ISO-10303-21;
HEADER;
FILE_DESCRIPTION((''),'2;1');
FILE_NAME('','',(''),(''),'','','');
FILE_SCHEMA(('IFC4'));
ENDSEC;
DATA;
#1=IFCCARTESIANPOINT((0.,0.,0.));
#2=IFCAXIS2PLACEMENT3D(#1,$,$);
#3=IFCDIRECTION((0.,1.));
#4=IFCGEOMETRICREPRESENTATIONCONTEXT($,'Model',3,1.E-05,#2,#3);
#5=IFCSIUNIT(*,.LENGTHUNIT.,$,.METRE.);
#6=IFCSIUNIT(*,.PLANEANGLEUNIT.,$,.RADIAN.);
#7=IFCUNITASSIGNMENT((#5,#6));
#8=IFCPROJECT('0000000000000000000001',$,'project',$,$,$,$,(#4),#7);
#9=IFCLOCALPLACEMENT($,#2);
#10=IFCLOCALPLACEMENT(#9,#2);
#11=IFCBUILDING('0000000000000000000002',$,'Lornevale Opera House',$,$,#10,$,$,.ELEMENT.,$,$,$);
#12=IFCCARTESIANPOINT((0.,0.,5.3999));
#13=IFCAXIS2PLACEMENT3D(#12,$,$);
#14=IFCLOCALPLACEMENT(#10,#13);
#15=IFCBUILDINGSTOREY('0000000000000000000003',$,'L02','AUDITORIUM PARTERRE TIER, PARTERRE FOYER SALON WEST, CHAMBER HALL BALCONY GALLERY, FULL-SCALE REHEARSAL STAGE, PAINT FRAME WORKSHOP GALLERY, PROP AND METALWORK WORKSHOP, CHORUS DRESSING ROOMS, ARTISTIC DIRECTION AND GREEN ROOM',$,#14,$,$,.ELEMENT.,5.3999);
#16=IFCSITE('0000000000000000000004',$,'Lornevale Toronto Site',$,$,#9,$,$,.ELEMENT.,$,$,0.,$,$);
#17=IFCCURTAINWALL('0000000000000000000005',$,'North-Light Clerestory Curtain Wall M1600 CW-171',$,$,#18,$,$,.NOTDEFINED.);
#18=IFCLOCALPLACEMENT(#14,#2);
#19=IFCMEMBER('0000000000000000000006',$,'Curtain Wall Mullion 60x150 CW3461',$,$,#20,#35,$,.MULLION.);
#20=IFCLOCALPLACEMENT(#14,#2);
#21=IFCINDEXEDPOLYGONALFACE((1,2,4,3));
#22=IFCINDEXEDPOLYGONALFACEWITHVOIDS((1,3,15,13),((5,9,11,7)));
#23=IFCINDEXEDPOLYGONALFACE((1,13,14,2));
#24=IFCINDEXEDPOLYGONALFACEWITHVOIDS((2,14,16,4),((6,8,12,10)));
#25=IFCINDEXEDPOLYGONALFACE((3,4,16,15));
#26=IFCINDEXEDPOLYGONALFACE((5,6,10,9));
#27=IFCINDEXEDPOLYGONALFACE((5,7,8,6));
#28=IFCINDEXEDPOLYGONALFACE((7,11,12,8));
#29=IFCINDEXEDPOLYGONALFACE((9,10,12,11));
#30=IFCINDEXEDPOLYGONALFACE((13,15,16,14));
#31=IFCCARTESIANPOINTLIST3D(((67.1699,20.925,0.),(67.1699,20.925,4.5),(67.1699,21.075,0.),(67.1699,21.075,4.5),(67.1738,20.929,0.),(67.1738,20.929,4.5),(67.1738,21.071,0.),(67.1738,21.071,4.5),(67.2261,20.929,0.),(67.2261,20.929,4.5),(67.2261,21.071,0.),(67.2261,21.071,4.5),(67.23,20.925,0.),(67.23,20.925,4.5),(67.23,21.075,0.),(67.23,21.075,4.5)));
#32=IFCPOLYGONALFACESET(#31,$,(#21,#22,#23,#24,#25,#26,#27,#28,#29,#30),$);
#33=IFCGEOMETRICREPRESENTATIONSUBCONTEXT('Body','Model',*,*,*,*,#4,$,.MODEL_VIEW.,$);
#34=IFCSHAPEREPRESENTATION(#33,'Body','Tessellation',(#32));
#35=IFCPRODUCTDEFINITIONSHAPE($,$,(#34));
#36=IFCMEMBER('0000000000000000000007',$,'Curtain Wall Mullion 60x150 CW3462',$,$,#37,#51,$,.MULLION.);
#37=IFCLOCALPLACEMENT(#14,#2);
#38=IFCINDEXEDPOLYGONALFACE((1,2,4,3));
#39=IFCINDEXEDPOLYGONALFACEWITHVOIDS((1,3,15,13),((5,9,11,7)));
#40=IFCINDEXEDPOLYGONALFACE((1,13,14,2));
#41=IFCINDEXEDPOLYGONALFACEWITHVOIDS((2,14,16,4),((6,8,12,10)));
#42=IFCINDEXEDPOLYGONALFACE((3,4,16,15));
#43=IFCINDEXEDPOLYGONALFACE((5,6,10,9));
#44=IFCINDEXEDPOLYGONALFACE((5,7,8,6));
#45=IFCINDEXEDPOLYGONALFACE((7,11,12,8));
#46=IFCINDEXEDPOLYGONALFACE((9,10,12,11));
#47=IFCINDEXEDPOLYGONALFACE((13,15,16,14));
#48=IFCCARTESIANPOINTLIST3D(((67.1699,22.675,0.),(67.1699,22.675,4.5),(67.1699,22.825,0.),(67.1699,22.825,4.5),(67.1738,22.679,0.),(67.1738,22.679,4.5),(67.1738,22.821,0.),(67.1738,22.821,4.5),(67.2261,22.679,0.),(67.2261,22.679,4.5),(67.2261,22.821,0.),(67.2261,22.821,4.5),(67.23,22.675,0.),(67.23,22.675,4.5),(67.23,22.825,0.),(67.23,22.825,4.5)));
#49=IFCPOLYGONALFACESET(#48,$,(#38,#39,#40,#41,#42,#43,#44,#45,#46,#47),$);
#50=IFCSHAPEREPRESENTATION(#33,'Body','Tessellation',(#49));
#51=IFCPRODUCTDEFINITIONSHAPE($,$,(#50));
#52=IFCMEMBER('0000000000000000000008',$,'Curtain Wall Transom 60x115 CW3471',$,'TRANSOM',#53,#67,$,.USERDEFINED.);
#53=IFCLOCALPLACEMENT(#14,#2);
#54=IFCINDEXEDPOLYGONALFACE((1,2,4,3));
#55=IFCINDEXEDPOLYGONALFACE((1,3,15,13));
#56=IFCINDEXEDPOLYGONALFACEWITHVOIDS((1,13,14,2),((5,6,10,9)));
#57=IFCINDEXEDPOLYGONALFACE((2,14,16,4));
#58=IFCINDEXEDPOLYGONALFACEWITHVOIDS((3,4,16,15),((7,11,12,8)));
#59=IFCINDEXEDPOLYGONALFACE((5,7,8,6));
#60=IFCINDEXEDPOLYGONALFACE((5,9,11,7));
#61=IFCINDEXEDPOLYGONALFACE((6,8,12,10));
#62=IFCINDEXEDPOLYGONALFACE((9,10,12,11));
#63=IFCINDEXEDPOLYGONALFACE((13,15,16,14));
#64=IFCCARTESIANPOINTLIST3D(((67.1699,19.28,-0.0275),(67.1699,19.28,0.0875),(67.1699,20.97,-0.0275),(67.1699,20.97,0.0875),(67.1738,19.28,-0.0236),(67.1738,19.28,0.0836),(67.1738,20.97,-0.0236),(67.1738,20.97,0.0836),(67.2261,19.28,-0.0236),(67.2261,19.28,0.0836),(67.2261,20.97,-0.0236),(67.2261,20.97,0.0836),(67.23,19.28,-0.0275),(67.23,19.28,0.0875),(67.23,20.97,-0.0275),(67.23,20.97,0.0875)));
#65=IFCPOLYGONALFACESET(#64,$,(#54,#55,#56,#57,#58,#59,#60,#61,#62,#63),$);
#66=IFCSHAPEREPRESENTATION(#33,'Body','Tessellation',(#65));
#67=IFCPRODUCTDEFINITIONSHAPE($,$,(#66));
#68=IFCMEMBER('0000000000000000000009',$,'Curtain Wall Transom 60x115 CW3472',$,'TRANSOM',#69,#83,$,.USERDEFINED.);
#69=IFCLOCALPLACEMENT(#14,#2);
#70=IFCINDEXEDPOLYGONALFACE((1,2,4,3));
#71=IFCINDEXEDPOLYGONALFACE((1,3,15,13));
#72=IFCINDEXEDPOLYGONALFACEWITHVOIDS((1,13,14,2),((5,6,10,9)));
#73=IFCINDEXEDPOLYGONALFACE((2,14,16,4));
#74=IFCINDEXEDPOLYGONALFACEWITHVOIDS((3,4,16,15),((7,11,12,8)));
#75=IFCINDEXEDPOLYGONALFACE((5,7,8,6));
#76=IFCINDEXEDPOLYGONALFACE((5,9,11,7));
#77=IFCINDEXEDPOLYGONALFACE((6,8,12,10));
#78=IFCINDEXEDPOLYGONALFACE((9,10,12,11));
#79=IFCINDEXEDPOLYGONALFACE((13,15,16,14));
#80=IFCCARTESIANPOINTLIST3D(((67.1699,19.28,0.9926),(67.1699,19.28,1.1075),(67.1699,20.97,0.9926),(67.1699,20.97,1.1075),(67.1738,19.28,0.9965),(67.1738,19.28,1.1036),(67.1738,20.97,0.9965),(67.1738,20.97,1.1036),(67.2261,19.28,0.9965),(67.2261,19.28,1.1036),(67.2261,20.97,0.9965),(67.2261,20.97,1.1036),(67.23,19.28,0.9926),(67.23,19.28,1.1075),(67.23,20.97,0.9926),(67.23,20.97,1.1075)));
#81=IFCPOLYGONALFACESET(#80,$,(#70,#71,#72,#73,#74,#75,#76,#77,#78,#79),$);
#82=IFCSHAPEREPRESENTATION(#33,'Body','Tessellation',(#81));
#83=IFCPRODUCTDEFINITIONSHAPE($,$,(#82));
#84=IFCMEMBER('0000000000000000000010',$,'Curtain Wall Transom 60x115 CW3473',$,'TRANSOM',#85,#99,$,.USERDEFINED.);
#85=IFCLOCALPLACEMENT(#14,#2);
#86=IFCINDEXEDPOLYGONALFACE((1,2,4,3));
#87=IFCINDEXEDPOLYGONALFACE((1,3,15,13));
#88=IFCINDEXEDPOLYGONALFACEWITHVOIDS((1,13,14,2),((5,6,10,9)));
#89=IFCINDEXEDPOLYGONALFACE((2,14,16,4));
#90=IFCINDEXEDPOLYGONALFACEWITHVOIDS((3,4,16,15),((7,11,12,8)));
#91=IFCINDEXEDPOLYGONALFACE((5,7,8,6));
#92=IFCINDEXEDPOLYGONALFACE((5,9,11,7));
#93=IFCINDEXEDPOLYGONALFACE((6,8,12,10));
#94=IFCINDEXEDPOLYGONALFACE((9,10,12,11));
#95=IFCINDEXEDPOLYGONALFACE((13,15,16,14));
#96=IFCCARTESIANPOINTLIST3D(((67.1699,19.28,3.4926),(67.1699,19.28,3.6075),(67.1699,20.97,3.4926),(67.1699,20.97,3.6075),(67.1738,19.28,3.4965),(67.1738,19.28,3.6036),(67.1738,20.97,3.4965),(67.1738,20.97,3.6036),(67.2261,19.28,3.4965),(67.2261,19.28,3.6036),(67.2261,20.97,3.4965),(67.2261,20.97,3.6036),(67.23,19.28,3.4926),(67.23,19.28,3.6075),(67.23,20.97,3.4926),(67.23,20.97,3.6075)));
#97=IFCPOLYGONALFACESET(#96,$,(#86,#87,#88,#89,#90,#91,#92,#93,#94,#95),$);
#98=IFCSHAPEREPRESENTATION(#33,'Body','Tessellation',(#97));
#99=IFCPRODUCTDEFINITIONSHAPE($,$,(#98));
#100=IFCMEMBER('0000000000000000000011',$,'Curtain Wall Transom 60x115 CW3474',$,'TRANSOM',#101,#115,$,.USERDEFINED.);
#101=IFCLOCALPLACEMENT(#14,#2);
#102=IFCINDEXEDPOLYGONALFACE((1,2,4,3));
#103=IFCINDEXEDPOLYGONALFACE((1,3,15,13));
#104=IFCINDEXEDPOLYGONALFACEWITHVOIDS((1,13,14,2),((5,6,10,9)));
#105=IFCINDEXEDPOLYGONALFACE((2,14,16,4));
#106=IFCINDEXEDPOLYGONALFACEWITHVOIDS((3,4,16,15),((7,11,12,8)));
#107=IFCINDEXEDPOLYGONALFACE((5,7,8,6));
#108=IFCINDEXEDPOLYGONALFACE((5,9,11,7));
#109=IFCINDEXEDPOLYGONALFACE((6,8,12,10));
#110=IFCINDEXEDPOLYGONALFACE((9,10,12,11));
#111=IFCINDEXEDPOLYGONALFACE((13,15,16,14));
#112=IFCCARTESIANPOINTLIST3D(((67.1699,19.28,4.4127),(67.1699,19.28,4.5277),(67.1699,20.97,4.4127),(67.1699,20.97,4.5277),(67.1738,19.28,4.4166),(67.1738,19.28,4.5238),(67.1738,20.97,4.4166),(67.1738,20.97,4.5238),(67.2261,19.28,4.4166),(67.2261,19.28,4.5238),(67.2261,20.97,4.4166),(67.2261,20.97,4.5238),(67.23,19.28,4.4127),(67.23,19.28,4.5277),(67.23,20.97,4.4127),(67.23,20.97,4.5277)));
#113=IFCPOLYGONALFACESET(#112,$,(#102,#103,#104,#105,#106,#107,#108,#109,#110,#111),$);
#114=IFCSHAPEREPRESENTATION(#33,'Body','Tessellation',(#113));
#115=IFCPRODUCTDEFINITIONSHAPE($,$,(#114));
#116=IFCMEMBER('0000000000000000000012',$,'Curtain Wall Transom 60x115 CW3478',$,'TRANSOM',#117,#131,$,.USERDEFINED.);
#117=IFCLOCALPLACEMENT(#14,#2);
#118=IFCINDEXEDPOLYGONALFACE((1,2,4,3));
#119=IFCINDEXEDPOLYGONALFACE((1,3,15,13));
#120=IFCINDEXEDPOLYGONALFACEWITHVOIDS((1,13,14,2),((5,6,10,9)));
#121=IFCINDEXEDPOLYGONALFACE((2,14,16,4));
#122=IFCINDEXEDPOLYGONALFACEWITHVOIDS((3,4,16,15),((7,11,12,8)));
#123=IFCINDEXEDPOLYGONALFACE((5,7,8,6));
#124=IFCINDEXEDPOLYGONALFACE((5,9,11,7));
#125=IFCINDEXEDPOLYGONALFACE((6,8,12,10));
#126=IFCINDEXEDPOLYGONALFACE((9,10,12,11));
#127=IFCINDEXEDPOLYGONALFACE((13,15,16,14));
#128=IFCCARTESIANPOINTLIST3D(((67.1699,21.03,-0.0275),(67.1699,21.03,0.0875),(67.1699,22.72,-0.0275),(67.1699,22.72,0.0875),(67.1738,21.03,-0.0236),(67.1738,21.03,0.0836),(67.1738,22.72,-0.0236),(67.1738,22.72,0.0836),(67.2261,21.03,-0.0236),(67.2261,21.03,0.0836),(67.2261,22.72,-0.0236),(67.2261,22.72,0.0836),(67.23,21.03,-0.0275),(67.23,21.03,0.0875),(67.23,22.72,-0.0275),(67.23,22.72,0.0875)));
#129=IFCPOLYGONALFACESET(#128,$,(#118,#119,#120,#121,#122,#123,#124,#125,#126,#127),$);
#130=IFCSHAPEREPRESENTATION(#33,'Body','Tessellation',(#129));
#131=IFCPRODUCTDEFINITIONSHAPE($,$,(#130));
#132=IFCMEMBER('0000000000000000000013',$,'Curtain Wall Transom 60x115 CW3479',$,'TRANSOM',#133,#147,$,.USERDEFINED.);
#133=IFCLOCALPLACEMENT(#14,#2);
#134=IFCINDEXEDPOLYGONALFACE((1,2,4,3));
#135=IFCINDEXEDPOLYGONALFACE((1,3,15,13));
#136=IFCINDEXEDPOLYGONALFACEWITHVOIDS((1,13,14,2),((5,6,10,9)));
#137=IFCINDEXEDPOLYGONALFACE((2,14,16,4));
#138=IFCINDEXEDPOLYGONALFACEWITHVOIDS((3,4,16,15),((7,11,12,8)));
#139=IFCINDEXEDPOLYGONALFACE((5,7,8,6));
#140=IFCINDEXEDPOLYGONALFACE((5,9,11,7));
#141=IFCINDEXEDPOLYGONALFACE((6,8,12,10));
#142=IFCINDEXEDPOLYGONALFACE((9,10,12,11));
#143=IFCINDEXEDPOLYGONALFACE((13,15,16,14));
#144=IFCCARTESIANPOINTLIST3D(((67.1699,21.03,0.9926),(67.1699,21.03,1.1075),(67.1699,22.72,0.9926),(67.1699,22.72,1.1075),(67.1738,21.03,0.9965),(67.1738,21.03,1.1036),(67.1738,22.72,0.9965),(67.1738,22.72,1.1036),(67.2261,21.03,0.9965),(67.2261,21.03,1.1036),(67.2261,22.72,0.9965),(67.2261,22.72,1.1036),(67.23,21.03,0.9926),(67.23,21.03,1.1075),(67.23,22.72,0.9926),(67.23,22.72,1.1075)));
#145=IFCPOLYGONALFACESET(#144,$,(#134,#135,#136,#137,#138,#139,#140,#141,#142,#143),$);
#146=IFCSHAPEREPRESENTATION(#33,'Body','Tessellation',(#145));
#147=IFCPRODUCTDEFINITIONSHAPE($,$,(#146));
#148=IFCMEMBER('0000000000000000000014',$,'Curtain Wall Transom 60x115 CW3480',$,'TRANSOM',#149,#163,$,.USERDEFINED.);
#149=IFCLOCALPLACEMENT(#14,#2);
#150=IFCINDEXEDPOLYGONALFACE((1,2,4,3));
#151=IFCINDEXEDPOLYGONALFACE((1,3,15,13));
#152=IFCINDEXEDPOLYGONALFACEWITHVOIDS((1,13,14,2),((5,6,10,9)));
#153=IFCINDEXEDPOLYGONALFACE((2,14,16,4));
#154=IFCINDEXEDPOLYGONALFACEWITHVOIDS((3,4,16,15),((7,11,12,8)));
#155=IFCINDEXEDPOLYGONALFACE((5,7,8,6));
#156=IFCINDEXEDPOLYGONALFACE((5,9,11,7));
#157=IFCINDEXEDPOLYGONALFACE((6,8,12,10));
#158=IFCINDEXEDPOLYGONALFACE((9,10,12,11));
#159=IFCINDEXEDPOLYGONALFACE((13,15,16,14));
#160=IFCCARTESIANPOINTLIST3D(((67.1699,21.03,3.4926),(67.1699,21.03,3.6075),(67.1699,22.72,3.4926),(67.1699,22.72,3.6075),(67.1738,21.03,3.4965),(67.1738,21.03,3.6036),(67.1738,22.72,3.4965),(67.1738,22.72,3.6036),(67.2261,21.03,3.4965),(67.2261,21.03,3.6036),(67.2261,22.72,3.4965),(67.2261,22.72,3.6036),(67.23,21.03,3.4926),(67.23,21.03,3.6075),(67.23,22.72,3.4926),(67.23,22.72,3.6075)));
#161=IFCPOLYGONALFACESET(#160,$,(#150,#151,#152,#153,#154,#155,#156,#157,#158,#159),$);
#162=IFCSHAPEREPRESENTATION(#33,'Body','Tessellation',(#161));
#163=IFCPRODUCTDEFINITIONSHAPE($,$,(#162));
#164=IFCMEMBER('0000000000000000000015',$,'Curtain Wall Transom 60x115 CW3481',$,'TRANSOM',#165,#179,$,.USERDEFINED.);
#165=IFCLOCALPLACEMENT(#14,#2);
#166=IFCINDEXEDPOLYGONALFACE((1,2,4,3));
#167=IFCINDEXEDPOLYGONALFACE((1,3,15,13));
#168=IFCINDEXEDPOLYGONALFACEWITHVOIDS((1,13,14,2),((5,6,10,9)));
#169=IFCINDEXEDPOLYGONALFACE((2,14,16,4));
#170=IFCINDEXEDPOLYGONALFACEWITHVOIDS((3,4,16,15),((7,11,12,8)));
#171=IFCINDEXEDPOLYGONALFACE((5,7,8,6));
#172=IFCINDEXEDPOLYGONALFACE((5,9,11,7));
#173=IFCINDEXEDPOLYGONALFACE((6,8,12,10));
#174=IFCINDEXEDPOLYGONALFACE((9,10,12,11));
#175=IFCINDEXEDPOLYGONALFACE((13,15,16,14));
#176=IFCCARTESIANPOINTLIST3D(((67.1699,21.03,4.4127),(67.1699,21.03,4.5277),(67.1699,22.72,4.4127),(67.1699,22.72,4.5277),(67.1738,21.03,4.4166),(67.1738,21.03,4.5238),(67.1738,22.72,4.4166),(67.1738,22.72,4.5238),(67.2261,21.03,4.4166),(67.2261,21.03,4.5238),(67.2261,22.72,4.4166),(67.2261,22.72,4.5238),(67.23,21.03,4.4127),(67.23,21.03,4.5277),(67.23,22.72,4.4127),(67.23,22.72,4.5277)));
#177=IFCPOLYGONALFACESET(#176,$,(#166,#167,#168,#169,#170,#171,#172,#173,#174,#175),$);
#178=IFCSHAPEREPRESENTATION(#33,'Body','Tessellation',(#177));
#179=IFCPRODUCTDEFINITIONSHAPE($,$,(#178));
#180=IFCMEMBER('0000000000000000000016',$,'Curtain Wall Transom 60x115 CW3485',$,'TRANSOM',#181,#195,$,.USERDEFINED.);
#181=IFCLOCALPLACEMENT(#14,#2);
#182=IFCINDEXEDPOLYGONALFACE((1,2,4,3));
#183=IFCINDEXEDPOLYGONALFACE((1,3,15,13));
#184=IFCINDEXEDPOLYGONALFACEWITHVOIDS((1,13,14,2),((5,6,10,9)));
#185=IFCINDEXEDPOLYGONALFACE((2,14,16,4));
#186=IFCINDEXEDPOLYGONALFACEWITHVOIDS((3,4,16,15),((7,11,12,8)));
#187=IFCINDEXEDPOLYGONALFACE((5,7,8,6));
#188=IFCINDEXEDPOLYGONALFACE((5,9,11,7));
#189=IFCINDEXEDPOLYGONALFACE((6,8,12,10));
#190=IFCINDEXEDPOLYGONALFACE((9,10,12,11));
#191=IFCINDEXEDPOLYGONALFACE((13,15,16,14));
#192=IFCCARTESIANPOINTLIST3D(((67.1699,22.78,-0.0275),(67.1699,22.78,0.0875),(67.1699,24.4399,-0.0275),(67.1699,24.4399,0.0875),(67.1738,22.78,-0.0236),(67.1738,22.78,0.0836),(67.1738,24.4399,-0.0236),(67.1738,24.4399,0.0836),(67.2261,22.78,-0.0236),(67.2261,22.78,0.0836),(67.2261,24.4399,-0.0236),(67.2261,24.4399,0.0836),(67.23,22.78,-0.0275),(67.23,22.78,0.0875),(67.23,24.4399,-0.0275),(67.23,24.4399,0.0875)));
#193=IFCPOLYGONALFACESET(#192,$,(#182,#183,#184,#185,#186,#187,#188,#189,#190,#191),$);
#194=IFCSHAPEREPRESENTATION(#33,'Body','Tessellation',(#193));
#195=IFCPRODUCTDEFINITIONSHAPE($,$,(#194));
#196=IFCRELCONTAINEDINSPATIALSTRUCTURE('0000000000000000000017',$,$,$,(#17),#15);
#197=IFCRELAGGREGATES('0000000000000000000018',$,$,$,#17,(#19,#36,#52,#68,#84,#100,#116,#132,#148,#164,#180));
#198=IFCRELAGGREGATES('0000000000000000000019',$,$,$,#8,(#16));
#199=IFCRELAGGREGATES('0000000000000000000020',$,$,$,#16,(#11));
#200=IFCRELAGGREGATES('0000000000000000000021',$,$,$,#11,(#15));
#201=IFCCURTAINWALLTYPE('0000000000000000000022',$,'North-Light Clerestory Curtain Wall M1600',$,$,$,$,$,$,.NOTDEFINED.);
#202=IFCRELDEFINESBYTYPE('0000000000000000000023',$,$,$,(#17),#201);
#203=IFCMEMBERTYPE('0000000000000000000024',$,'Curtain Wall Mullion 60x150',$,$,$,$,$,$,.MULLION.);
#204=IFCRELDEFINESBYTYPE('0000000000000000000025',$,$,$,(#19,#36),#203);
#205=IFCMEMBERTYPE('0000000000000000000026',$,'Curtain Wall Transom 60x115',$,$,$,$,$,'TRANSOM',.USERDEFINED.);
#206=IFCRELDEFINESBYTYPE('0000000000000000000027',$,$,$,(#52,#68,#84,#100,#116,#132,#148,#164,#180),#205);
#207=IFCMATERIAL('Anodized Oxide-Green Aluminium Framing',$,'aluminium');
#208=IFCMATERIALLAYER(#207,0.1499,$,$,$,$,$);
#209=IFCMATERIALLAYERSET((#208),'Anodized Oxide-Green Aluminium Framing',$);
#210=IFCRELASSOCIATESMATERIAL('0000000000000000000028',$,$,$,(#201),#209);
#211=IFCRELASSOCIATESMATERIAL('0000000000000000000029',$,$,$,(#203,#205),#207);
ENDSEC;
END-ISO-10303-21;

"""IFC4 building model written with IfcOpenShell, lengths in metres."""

from ifc_helpers import new_model, si_unit, direction, frame, origin, origin_2d, place, context, subcontext, project, spatial, hollow_rectangle, extrude, material, layer, layer_set, material_profile, profile_set, type_object, element, aggregate, save


model = new_model("IFC4")

# Units and contexts
model_context = context("Model", 3, precision=1e-05, world=origin(), true_north=direction((0.0, 1.0)))
body_context = subcontext(model_context, "Body", "Model", "MODEL_VIEW")
ifc_project = project(units=[si_unit("LENGTHUNIT", "METRE"), si_unit("PLANEANGLEUNIT", "RADIAN")], contexts=[model_context])

# Site, building, storey
site_placement = place(None, origin())
site = spatial("IfcSite", under=ifc_project, at=site_placement, Name="Lornevale Toronto Site", CompositionType="ELEMENT", RefElevation=0.0)
building_placement = place(site_placement, origin())
building = spatial("IfcBuilding", under=site, at=building_placement, Name="Lornevale Opera House", CompositionType="ELEMENT")
storey_placement = place(building_placement, frame((0.0, 0.0, 5.3999)))
storey = spatial("IfcBuildingStorey", under=building, at=storey_placement, Name="L02", Description="AUDITORIUM PARTERRE TIER, PARTERRE FOYER SALON WEST, CHAMBER HALL BALCONY GALLERY, FULL-SCALE REHEARSAL STAGE, PAINT FRAME WORKSHOP GALLERY, PROP AND METALWORK WORKSHOP, CHORUS DRESSING ROOMS, ARTISTIC DIRECTION AND GREEN ROOM", CompositionType="ELEMENT", Elevation=5.3999)

# Curtain wall, members
ifc_material_1 = material(Name="Anodized Oxide-Green Aluminium Framing", Category="aluminium")
ifc_layer_1 = layer(ifc_material_1, 0.1499)
ifc_layer_set_1 = layer_set([ifc_layer_1], Name="Anodized Oxide-Green Aluminium Framing")
curtain_wall_type = type_object("IfcCurtainWallType", Name="North-Light Clerestory Curtain Wall M1600", PredefinedType="NOTDEFINED", material=ifc_layer_set_1)
curtain_wall_placement = place(storey_placement, origin())
curtain_wall = element("IfcCurtainWall", 1, at=curtain_wall_placement, inside=storey, type_object=curtain_wall_type, Name="North-Light Clerestory Curtain Wall M1600 CW-171", PredefinedType="NOTDEFINED")
ifc_material_profile_1 = material_profile(ifc_material_1, hollow_rectangle(XDim=0.0601, YDim=0.1499, WallThickness=0.0039, at=origin_2d()), Name="ALU60x150x4")
ifc_profile_set_1 = profile_set([ifc_material_profile_1], Name="Anodized Oxide-Green Aluminium Framing")
member_type_1 = type_object("IfcMemberType", Name="Curtain Wall Mullion 60x150", PredefinedType="MULLION", material=ifc_profile_set_1)
member_1_placement = place(storey_placement, frame((67.2, 21.0, 0.0), z_axis=(0.0, 0.0, 1.0), x_axis=(-1.0, 0.0, 0.0)))
member_1 = element("IfcMember", 2, at=member_1_placement, type_object=member_type_1, Name="Curtain Wall Mullion 60x150 CW3461", PredefinedType="MULLION", context=body_context, shape_type="SweptSolid", body=[
    extrude(hollow_rectangle(XDim=0.0601, YDim=0.1499, WallThickness=0.0039, at=origin_2d()), origin(), (0.0, 0.0, 1.0), 4.5),
])
member_2_placement = place(storey_placement, frame((67.2, 22.75, 0.0), z_axis=(0.0, 0.0, 1.0), x_axis=(-1.0, 0.0, 0.0)))
member_2 = element("IfcMember", 3, at=member_2_placement, type_object=member_type_1, Name="Curtain Wall Mullion 60x150 CW3462", PredefinedType="MULLION", context=body_context, shape_type="SweptSolid", body=[
    extrude(hollow_rectangle(XDim=0.0601, YDim=0.1499, WallThickness=0.0039, at=origin_2d()), origin(), (0.0, 0.0, 1.0), 4.5),
])
ifc_material_profile_2 = material_profile(ifc_material_1, hollow_rectangle(XDim=0.0601, YDim=0.115, WallThickness=0.0039, at=origin_2d()), Name="ALU60x115x4")
ifc_profile_set_2 = profile_set([ifc_material_profile_2], Name="Anodized Oxide-Green Aluminium Framing")
member_type_2 = type_object("IfcMemberType", Name="Curtain Wall Transom 60x115", ElementType="TRANSOM", PredefinedType="USERDEFINED", material=ifc_profile_set_2)
member_3_placement = place(storey_placement, frame((67.2, 19.28, 0.03), z_axis=(0.0, 1.0, 0.0), x_axis=(-1.0, 0.0, 0.0)))
member_3 = element("IfcMember", 4, at=member_3_placement, type_object=member_type_2, Name="Curtain Wall Transom 60x115 CW3471", ObjectType="TRANSOM", PredefinedType="USERDEFINED", context=body_context, shape_type="SweptSolid", body=[
    extrude(hollow_rectangle(XDim=0.0601, YDim=0.115, WallThickness=0.0039, at=origin_2d()), origin(), (0.0, 0.0, 1.0), 1.6899),
])
member_4_placement = place(storey_placement, frame((67.2, 19.28, 1.05), z_axis=(0.0, 1.0, 0.0), x_axis=(-1.0, 0.0, 0.0)))
member_4 = element("IfcMember", 5, at=member_4_placement, type_object=member_type_2, Name="Curtain Wall Transom 60x115 CW3472", ObjectType="TRANSOM", PredefinedType="USERDEFINED", context=body_context, shape_type="SweptSolid", body=[
    extrude(hollow_rectangle(XDim=0.0601, YDim=0.115, WallThickness=0.0039, at=origin_2d()), origin(), (0.0, 0.0, 1.0), 1.6899),
])
member_5_placement = place(storey_placement, frame((67.2, 19.28, 3.55), z_axis=(0.0, 1.0, 0.0), x_axis=(-1.0, 0.0, 0.0)))
member_5 = element("IfcMember", 6, at=member_5_placement, type_object=member_type_2, Name="Curtain Wall Transom 60x115 CW3473", ObjectType="TRANSOM", PredefinedType="USERDEFINED", context=body_context, shape_type="SweptSolid", body=[
    extrude(hollow_rectangle(XDim=0.0601, YDim=0.115, WallThickness=0.0039, at=origin_2d()), origin(), (0.0, 0.0, 1.0), 1.6899),
])
member_6_placement = place(storey_placement, frame((67.2, 19.28, 4.4702), z_axis=(0.0, 1.0, 0.0), x_axis=(-1.0, 0.0, 0.0)))
member_6 = element("IfcMember", 7, at=member_6_placement, type_object=member_type_2, Name="Curtain Wall Transom 60x115 CW3474", ObjectType="TRANSOM", PredefinedType="USERDEFINED", context=body_context, shape_type="SweptSolid", body=[
    extrude(hollow_rectangle(XDim=0.0601, YDim=0.115, WallThickness=0.0039, at=origin_2d()), origin(), (0.0, 0.0, 1.0), 1.6899),
])
member_7_placement = place(storey_placement, frame((67.2, 21.03, 0.03), z_axis=(0.0, 1.0, 0.0), x_axis=(-1.0, 0.0, 0.0)))
member_7 = element("IfcMember", 8, at=member_7_placement, type_object=member_type_2, Name="Curtain Wall Transom 60x115 CW3478", ObjectType="TRANSOM", PredefinedType="USERDEFINED", context=body_context, shape_type="SweptSolid", body=[
    extrude(hollow_rectangle(XDim=0.0601, YDim=0.115, WallThickness=0.0039, at=origin_2d()), origin(), (0.0, 0.0, 1.0), 1.6899),
])
member_8_placement = place(storey_placement, frame((67.2, 21.03, 1.05), z_axis=(0.0, 1.0, 0.0), x_axis=(-1.0, 0.0, 0.0)))
member_8 = element("IfcMember", 9, at=member_8_placement, type_object=member_type_2, Name="Curtain Wall Transom 60x115 CW3479", ObjectType="TRANSOM", PredefinedType="USERDEFINED", context=body_context, shape_type="SweptSolid", body=[
    extrude(hollow_rectangle(XDim=0.0601, YDim=0.115, WallThickness=0.0039, at=origin_2d()), origin(), (0.0, 0.0, 1.0), 1.6899),
])
member_9_placement = place(storey_placement, frame((67.2, 21.03, 3.55), z_axis=(0.0, 1.0, 0.0), x_axis=(-1.0, 0.0, 0.0)))
member_9 = element("IfcMember", 10, at=member_9_placement, type_object=member_type_2, Name="Curtain Wall Transom 60x115 CW3480", ObjectType="TRANSOM", PredefinedType="USERDEFINED", context=body_context, shape_type="SweptSolid", body=[
    extrude(hollow_rectangle(XDim=0.0601, YDim=0.115, WallThickness=0.0039, at=origin_2d()), origin(), (0.0, 0.0, 1.0), 1.6899),
])
member_10_placement = place(storey_placement, frame((67.2, 21.03, 4.4702), z_axis=(0.0, 1.0, 0.0), x_axis=(-1.0, 0.0, 0.0)))
member_10 = element("IfcMember", 11, at=member_10_placement, type_object=member_type_2, Name="Curtain Wall Transom 60x115 CW3481", ObjectType="TRANSOM", PredefinedType="USERDEFINED", context=body_context, shape_type="SweptSolid", body=[
    extrude(hollow_rectangle(XDim=0.0601, YDim=0.115, WallThickness=0.0039, at=origin_2d()), origin(), (0.0, 0.0, 1.0), 1.6899),
])
member_11_placement = place(storey_placement, frame((67.2, 22.78, 0.03), z_axis=(0.0, 1.0, 0.0), x_axis=(-1.0, 0.0, 0.0)))
member_11 = element("IfcMember", 12, at=member_11_placement, type_object=member_type_2, Name="Curtain Wall Transom 60x115 CW3485", ObjectType="TRANSOM", PredefinedType="USERDEFINED", context=body_context, shape_type="SweptSolid", body=[
    extrude(hollow_rectangle(XDim=0.0601, YDim=0.115, WallThickness=0.0039, at=origin_2d()), origin(), (0.0, 0.0, 1.0), 1.6599),
])
aggregate(curtain_wall, [member_1, member_2, member_3, member_4, member_5, member_6, member_7, member_8, member_9, member_10, member_11])

save(model, "model.ifc")
